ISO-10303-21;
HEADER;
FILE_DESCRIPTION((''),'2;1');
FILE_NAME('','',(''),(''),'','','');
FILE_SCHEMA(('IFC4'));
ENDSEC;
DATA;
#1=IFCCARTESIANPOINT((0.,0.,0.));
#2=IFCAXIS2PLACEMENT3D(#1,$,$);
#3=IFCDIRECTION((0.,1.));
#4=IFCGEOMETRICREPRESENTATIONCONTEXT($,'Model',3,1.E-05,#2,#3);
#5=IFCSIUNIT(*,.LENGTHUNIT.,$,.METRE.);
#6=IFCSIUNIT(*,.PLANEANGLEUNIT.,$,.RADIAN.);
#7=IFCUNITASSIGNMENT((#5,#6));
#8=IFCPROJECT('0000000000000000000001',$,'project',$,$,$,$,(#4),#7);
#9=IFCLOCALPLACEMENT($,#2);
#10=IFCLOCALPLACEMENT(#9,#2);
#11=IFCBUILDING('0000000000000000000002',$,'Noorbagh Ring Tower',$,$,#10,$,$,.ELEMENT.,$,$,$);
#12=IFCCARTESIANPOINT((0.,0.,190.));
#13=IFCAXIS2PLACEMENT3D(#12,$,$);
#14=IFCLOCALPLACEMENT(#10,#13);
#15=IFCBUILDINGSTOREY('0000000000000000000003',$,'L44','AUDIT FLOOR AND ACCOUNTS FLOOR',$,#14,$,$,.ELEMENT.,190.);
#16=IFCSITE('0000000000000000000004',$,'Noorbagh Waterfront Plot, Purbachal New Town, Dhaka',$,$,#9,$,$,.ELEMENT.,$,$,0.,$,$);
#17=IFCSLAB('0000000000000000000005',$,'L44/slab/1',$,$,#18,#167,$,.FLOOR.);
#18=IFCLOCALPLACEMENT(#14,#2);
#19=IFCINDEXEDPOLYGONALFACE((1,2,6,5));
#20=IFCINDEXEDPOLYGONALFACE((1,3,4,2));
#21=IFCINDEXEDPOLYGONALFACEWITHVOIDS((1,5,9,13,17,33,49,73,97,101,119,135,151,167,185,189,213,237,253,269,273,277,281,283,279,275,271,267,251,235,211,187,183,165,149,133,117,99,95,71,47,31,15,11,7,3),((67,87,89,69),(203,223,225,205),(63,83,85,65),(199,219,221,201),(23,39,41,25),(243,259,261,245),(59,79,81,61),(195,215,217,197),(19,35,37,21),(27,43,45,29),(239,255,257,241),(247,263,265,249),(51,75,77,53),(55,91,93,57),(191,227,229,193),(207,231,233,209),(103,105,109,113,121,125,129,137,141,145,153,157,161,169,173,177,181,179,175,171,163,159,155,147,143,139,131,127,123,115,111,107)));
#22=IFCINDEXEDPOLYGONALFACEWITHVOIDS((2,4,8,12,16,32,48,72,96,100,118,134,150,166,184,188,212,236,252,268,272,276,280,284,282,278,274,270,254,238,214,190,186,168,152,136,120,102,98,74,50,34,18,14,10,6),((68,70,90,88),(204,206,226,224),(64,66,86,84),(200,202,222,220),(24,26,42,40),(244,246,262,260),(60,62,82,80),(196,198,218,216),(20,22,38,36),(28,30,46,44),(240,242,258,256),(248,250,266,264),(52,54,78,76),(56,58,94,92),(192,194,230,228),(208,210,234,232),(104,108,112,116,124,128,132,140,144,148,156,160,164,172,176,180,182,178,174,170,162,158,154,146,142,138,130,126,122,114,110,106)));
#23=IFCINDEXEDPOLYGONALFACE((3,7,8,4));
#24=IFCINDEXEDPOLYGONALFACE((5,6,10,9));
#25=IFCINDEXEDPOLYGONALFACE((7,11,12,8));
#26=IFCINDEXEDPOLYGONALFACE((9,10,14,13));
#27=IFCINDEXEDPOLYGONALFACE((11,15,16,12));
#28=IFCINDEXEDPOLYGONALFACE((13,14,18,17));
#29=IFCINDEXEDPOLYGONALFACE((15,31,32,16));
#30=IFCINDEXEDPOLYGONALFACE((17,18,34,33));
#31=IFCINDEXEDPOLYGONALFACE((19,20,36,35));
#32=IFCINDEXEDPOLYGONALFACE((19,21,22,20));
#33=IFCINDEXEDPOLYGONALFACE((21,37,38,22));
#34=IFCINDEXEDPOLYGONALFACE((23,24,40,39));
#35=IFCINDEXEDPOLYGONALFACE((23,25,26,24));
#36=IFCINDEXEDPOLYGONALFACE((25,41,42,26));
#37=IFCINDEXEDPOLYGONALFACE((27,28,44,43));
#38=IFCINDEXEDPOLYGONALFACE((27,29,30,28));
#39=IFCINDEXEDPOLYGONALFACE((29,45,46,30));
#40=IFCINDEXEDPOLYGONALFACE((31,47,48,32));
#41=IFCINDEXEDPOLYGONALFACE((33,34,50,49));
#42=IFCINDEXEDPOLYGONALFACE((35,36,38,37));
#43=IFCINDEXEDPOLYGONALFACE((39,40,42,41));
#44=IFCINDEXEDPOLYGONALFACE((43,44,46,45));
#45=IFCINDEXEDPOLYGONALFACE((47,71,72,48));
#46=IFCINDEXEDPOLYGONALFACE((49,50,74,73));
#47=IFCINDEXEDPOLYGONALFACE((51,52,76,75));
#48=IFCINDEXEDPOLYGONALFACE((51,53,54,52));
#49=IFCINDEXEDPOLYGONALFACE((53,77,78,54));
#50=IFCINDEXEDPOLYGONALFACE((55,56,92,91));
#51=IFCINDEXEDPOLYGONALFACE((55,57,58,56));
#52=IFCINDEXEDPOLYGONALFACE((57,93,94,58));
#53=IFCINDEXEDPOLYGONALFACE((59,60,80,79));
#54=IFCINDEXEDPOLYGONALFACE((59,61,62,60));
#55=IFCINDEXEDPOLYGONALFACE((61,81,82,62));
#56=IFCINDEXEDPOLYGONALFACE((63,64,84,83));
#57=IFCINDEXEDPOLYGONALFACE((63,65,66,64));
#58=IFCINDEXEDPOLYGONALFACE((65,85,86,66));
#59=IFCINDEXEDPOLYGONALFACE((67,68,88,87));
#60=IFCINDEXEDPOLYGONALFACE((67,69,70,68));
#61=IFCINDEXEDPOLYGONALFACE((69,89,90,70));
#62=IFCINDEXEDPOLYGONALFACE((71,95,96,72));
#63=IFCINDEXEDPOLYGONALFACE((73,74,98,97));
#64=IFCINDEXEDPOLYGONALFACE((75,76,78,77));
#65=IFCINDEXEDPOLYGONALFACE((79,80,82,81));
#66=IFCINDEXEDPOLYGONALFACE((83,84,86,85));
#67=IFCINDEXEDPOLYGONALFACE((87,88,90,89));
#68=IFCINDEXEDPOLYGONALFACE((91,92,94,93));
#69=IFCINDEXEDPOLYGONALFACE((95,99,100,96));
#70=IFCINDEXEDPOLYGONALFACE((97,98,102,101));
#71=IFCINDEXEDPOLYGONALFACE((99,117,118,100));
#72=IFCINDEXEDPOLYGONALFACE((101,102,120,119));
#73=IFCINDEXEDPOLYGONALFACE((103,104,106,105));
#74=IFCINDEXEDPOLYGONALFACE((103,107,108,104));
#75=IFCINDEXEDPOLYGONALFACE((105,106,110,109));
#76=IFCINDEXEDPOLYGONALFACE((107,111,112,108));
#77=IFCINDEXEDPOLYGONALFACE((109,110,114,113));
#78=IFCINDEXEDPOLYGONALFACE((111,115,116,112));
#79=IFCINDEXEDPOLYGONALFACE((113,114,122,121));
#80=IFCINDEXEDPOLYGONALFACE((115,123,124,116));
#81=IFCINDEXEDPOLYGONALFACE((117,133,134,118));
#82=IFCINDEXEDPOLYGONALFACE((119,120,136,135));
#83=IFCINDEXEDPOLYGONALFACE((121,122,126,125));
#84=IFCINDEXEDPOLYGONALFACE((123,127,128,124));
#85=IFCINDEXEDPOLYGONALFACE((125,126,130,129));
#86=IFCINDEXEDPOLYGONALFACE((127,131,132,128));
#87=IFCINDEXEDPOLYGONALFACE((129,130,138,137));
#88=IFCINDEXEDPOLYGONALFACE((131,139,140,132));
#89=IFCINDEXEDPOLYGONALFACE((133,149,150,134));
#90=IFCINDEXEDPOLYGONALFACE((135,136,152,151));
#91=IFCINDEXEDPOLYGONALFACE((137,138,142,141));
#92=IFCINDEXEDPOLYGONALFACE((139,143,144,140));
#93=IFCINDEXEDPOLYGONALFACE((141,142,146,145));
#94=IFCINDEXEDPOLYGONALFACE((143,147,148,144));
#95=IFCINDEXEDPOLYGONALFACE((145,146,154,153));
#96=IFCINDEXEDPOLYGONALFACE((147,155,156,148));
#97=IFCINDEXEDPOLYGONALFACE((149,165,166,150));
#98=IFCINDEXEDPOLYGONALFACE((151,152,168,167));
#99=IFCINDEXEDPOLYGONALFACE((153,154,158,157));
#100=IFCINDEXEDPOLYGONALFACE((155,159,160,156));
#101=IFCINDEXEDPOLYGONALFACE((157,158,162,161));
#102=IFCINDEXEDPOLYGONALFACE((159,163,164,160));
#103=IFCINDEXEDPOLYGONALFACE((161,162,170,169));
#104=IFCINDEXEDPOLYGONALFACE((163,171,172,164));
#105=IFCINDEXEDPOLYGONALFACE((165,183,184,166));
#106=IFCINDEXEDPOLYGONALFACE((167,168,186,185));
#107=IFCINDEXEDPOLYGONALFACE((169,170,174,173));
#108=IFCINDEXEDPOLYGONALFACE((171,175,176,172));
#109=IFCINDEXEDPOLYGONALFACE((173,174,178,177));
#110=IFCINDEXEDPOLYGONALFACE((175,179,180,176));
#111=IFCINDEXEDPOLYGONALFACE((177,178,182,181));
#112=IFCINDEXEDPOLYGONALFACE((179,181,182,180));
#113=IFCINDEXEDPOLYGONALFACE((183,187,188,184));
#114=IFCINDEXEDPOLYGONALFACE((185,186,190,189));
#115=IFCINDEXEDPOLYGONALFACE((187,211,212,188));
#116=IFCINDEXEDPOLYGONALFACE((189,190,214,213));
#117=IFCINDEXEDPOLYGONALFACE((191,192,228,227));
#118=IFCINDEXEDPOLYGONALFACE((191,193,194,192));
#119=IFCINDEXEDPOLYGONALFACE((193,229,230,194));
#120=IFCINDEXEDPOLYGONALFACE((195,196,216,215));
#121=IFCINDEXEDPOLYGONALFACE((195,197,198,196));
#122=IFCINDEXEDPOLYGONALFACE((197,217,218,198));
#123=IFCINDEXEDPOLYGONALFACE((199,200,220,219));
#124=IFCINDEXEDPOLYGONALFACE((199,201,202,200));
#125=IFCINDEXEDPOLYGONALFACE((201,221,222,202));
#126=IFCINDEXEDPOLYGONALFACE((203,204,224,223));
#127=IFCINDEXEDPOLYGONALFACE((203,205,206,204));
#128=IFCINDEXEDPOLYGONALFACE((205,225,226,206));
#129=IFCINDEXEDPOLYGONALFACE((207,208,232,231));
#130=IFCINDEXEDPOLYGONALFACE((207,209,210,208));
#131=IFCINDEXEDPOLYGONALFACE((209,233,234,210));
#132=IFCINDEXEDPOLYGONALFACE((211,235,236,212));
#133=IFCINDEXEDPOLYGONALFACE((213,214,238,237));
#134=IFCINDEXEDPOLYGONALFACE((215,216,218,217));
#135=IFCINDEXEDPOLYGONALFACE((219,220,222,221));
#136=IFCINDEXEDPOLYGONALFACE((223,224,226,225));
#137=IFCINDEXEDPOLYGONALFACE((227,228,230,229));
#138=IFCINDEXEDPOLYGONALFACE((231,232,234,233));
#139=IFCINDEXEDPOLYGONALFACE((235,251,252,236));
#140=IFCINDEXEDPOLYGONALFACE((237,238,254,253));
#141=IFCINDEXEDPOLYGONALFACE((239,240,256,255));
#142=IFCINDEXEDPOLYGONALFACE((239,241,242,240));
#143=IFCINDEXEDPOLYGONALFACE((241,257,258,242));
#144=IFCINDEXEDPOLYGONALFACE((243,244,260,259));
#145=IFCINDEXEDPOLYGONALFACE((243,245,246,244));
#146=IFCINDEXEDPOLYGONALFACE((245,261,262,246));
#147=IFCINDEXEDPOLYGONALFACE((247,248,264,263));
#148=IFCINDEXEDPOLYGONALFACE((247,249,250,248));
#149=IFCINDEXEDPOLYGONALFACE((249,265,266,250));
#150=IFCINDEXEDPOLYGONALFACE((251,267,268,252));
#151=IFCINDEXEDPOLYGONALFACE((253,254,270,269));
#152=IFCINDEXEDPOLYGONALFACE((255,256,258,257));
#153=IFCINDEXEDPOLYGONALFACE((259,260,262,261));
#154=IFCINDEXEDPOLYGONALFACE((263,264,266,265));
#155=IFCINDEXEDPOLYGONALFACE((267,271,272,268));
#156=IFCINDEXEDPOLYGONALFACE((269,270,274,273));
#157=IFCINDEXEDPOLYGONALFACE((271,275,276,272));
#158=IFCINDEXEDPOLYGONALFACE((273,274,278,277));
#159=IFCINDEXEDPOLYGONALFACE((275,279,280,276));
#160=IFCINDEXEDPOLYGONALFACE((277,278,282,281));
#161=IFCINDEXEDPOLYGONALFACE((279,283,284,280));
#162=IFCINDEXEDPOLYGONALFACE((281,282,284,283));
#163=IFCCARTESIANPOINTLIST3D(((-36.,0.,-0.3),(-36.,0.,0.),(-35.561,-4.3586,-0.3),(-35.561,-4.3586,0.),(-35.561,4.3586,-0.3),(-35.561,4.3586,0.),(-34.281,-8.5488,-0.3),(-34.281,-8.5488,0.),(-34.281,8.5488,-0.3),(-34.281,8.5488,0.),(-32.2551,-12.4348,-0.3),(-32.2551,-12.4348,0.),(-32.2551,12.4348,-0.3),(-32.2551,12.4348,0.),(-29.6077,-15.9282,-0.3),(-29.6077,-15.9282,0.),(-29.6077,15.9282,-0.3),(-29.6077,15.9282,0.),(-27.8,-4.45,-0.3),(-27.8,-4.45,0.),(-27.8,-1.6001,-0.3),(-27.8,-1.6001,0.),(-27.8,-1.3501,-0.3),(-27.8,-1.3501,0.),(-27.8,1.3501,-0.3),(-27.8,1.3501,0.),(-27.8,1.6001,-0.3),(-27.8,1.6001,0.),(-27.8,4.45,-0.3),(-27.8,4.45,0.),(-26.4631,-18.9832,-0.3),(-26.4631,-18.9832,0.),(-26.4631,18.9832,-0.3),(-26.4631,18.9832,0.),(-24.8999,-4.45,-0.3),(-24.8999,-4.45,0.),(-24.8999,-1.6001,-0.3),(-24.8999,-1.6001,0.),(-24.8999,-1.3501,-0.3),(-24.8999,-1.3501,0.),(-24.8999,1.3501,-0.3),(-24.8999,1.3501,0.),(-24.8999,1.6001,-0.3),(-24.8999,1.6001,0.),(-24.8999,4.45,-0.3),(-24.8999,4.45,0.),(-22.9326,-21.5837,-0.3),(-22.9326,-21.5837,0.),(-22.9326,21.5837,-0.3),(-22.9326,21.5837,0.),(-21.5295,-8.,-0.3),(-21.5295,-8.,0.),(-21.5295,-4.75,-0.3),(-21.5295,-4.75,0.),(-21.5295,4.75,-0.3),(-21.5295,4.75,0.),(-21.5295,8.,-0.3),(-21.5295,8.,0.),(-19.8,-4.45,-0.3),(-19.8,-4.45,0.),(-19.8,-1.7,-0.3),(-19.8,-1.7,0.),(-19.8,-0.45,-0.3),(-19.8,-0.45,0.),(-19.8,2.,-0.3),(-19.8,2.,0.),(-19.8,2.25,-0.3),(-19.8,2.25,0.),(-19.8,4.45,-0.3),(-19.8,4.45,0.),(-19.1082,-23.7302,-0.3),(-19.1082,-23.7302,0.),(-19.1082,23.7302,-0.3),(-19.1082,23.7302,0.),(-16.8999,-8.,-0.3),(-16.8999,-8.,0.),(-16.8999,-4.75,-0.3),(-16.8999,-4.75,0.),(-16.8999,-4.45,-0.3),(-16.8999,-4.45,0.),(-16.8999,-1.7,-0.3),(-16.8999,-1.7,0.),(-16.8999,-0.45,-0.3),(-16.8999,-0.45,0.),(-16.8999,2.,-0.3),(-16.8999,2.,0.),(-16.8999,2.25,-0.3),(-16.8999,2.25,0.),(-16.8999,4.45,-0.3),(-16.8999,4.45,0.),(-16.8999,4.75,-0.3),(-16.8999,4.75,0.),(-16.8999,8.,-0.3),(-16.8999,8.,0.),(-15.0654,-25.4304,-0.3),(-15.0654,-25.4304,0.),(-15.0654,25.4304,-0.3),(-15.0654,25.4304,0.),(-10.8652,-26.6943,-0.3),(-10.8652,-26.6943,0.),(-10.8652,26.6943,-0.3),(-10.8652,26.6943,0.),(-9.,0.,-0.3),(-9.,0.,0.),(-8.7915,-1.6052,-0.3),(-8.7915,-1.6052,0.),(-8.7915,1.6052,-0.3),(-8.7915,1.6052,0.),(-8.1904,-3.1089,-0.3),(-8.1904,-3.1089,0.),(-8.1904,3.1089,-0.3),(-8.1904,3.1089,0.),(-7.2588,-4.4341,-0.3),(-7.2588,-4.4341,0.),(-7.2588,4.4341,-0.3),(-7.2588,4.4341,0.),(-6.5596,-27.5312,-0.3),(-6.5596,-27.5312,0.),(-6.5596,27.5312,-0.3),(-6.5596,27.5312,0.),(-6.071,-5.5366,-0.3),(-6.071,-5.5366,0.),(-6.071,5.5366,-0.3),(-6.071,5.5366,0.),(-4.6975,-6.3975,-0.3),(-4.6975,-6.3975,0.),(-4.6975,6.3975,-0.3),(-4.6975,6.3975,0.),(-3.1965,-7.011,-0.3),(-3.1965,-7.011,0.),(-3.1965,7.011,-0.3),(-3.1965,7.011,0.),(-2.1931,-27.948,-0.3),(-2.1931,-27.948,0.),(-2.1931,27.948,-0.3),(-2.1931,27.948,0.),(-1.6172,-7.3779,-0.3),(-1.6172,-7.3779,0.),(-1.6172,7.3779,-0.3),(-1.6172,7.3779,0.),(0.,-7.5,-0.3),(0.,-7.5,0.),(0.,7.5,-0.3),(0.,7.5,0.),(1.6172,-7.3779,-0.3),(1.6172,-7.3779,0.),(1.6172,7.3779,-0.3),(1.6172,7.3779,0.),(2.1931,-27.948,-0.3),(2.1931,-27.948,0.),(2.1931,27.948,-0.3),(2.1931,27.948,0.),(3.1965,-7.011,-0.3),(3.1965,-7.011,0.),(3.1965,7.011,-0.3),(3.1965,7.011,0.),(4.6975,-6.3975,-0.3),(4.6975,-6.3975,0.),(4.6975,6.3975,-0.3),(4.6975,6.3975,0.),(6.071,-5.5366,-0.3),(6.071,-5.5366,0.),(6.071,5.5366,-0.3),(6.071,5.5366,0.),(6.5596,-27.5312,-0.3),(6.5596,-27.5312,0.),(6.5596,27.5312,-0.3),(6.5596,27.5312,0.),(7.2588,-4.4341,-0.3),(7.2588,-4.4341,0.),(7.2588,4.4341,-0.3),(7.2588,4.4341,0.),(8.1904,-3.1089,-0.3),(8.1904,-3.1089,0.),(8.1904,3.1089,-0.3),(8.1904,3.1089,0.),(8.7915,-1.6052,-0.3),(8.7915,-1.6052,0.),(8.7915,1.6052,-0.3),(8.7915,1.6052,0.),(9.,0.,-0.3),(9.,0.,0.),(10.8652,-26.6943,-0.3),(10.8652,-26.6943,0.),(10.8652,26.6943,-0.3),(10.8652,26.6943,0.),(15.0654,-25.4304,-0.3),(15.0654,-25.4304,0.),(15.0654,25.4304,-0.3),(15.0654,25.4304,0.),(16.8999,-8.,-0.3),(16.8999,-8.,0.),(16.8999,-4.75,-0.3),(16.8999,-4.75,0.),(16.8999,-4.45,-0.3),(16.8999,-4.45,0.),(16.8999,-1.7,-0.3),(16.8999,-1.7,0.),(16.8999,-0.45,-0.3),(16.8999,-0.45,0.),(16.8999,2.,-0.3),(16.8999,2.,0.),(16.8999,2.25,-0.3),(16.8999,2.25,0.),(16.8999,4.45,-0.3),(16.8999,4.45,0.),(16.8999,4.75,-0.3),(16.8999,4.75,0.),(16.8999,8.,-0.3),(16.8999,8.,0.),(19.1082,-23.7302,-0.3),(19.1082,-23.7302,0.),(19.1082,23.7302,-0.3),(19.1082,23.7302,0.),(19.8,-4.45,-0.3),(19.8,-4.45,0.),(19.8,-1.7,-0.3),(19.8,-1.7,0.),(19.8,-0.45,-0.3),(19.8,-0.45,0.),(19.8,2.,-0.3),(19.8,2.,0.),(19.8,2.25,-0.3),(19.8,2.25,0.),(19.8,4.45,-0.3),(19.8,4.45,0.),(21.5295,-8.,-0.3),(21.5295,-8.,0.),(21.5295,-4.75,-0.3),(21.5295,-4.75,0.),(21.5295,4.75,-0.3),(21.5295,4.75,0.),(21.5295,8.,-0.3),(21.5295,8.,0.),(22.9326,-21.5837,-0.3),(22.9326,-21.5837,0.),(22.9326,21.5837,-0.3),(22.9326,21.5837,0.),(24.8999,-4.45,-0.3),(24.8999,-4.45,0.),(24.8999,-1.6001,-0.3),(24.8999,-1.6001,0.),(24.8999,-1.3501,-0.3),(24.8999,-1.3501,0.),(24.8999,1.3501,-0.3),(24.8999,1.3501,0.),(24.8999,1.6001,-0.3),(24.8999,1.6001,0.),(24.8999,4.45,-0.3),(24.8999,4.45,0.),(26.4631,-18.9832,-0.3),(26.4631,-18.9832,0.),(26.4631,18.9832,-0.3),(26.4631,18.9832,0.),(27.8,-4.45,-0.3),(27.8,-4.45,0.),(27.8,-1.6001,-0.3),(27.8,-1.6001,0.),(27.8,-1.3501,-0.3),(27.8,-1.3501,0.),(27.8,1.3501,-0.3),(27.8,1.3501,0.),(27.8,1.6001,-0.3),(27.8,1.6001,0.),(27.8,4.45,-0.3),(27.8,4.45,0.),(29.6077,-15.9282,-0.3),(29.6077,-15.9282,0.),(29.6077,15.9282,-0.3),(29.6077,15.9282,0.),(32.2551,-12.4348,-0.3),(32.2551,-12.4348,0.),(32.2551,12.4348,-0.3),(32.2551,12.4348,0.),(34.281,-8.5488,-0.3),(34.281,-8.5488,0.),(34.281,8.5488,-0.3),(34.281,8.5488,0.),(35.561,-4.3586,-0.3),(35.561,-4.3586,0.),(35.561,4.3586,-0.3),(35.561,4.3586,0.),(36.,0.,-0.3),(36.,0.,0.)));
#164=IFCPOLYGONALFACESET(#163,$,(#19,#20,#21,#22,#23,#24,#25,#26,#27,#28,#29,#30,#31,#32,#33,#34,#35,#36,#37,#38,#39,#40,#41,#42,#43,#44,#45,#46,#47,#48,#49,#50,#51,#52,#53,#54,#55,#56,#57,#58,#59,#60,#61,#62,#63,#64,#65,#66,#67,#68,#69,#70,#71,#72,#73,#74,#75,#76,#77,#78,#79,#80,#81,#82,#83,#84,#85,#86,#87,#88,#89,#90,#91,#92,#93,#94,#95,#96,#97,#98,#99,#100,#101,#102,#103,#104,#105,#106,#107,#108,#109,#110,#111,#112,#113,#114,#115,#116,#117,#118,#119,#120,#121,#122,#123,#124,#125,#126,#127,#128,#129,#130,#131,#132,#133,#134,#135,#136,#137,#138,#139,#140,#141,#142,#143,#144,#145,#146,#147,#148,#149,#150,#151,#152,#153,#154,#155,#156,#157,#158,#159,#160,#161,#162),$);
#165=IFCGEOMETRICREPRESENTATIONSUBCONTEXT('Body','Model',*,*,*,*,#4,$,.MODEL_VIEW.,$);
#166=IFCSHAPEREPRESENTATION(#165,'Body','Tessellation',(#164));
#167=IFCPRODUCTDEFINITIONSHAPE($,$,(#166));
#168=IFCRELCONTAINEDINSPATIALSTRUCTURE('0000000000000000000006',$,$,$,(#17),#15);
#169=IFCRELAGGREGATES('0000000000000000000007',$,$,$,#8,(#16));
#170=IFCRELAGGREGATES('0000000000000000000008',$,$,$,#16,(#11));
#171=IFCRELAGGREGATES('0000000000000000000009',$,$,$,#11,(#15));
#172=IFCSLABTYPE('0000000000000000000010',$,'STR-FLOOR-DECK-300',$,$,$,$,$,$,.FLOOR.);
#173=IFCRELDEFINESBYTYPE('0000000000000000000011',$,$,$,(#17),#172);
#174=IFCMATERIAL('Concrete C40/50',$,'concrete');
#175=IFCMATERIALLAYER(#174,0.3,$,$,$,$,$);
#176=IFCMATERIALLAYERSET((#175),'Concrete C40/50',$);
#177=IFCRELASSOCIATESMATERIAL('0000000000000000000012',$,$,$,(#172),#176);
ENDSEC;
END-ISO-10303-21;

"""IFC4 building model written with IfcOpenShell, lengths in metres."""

from ifc_helpers import new_model, si_unit, direction, frame, origin, place, context, subcontext, project, spatial, polyline, outline, extrude, material, layer, layer_set, type_object, element, save


model = new_model("IFC4")

# Units and contexts
model_context = context("Model", 3, precision=1e-05, world=origin(), true_north=direction((0.0, 1.0)))
body_context = subcontext(model_context, "Body", "Model", "MODEL_VIEW")
ifc_project = project(units=[si_unit("LENGTHUNIT", "METRE"), si_unit("PLANEANGLEUNIT", "RADIAN")], contexts=[model_context])

# Site, building, storey
site_placement = place(None, origin())
site = spatial("IfcSite", under=ifc_project, at=site_placement, Name="Noorbagh Waterfront Plot, Purbachal New Town, Dhaka", CompositionType="ELEMENT", RefElevation=0.0)
building_placement = place(site_placement, origin())
building = spatial("IfcBuilding", under=site, at=building_placement, Name="Noorbagh Ring Tower", CompositionType="ELEMENT")
storey_placement = place(building_placement, frame((0.0, 0.0, 190.0)))
storey = spatial("IfcBuildingStorey", under=building, at=storey_placement, Name="L44", Description="AUDIT FLOOR AND ACCOUNTS FLOOR", CompositionType="ELEMENT", Elevation=190.0)

# Slab
ifc_material_1 = material(Name="Concrete C40/50", Category="concrete")
ifc_layer_1 = layer(ifc_material_1, 0.3)
ifc_layer_set_1 = layer_set([ifc_layer_1], Name="Concrete C40/50")
slab_type_1 = type_object("IfcSlabType", Name="STR-FLOOR-DECK-300", PredefinedType="FLOOR", material=ifc_layer_set_1)
slab_1_placement = place(storey_placement, frame((0.0, 0.0, -0.3)))
element("IfcSlab", 1, at=slab_1_placement, inside=storey, type_object=slab_type_1, Name="L44/slab/1", PredefinedType="FLOOR", context=body_context, shape_type="SweptSolid", body=[
    extrude(outline(polyline([(36.0, 0.0), (35.561, 4.3586), (34.281, 8.5488), (32.2551, 12.4348), (29.6077, 15.9282), (26.4631, 18.9832), (22.9326, 21.5837), (19.1082, 23.7302), (15.0654, 25.4304), (10.8652, 26.6943), (6.5596, 27.5312), (2.1931, 27.948), (-2.1931, 27.948), (-6.5596, 27.5312), (-10.8652, 26.6943), (-15.0654, 25.4304), (-19.1082, 23.7302), (-22.9326, 21.5837), (-26.4631, 18.9832), (-29.6077, 15.9282), (-32.2551, 12.4348), (-34.281, 8.5488), (-35.561, 4.3586), (-36.0, 0.0), (-35.561, -4.3586), (-34.281, -8.5488), (-32.2551, -12.4348), (-29.6077, -15.9282), (-26.4631, -18.9832), (-22.9326, -21.5837), (-19.1082, -23.7302), (-15.0654, -25.4304), (-10.8652, -26.6943), (-6.5596, -27.5312), (-2.1931, -27.948), (2.1931, -27.948), (6.5596, -27.5312), (10.8652, -26.6943), (15.0654, -25.4304), (19.1082, -23.7302), (22.9326, -21.5837), (26.4631, -18.9832), (29.6077, -15.9282), (32.2551, -12.4348), (34.281, -8.5488), (35.561, -4.3586), (36.0, 0.0)]), holes=[polyline([(24.8999, 4.45), (27.8, 4.45), (27.8, 1.6001), (24.8999, 1.6001), (24.8999, 4.45)]), polyline([(24.8999, 1.3501), (27.8, 1.3501), (27.8, -1.3501), (24.8999, -1.3501), (24.8999, 1.3501)]), polyline([(24.8999, -1.6001), (27.8, -1.6001), (27.8, -4.45), (24.8999, -4.45), (24.8999, -1.6001)]), polyline([(21.5295, -8.0), (16.8999, -8.0), (16.8999, -4.75), (21.5295, -4.75), (21.5295, -8.0)]), polyline([(16.8999, 4.75), (16.8999, 8.0), (21.5295, 8.0), (21.5295, 4.75), (16.8999, 4.75)]), polyline([(19.8, 4.45), (19.8, 2.25), (16.8999, 2.25), (16.8999, 4.45), (19.8, 4.45)]), polyline([(16.8999, 2.0), (19.8, 2.0), (19.8, -0.45), (16.8999, -0.45), (16.8999, 2.0)]), polyline([(16.8999, -1.7), (19.8, -1.7), (19.8, -4.45), (16.8999, -4.45), (16.8999, -1.7)]), polyline([(4.6975, -6.3975), (3.1965, -7.011), (1.6172, -7.3779), (0.0, -7.5), (-1.6172, -7.3779), (-3.1965, -7.011), (-4.6975, -6.3975), (-6.071, -5.5366), (-7.2588, -4.4341), (-8.1904, -3.1089), (-8.7915, -1.6052), (-9.0, 0.0), (-8.7915, 1.6052), (-8.1904, 3.1089), (-7.2588, 4.4341), (-6.071, 5.5366), (-4.6975, 6.3975), (-3.1965, 7.011), (-1.6172, 7.3779), (0.0, 7.5), (1.6172, 7.3779), (3.1965, 7.011), (4.6975, 6.3975), (6.071, 5.5366), (7.2588, 4.4341), (8.1904, 3.1089), (8.7915, 1.6052), (9.0, 0.0), (8.7915, -1.6052), (8.1904, -3.1089), (7.2588, -4.4341), (6.071, -5.5366), (4.6975, -6.3975)]), polyline([(-16.8999, 2.25), (-19.8, 2.25), (-19.8, 4.45), (-16.8999, 4.45), (-16.8999, 2.25)]), polyline([(-16.8999, -0.45), (-19.8, -0.45), (-19.8, 2.0), (-16.8999, 2.0), (-16.8999, -0.45)]), polyline([(-16.8999, -4.45), (-19.8, -4.45), (-19.8, -1.7), (-16.8999, -1.7), (-16.8999, -4.45)]), polyline([(-21.5295, 8.0), (-16.8999, 8.0), (-16.8999, 4.75), (-21.5295, 4.75), (-21.5295, 8.0)]), polyline([(-21.5295, -4.75), (-16.8999, -4.75), (-16.8999, -8.0), (-21.5295, -8.0), (-21.5295, -4.75)]), polyline([(-24.8999, -4.45), (-27.8, -4.45), (-27.8, -1.6001), (-24.8999, -1.6001), (-24.8999, -4.45)]), polyline([(-24.8999, 1.6001), (-27.8, 1.6001), (-27.8, 4.45), (-24.8999, 4.45), (-24.8999, 1.6001)]), polyline([(-24.8999, -1.3501), (-27.8, -1.3501), (-27.8, 1.3501), (-24.8999, 1.3501), (-24.8999, -1.3501)])]), origin(), (0.0, 0.0, 1.0), 0.3),
])

save(model, "model.ifc")
